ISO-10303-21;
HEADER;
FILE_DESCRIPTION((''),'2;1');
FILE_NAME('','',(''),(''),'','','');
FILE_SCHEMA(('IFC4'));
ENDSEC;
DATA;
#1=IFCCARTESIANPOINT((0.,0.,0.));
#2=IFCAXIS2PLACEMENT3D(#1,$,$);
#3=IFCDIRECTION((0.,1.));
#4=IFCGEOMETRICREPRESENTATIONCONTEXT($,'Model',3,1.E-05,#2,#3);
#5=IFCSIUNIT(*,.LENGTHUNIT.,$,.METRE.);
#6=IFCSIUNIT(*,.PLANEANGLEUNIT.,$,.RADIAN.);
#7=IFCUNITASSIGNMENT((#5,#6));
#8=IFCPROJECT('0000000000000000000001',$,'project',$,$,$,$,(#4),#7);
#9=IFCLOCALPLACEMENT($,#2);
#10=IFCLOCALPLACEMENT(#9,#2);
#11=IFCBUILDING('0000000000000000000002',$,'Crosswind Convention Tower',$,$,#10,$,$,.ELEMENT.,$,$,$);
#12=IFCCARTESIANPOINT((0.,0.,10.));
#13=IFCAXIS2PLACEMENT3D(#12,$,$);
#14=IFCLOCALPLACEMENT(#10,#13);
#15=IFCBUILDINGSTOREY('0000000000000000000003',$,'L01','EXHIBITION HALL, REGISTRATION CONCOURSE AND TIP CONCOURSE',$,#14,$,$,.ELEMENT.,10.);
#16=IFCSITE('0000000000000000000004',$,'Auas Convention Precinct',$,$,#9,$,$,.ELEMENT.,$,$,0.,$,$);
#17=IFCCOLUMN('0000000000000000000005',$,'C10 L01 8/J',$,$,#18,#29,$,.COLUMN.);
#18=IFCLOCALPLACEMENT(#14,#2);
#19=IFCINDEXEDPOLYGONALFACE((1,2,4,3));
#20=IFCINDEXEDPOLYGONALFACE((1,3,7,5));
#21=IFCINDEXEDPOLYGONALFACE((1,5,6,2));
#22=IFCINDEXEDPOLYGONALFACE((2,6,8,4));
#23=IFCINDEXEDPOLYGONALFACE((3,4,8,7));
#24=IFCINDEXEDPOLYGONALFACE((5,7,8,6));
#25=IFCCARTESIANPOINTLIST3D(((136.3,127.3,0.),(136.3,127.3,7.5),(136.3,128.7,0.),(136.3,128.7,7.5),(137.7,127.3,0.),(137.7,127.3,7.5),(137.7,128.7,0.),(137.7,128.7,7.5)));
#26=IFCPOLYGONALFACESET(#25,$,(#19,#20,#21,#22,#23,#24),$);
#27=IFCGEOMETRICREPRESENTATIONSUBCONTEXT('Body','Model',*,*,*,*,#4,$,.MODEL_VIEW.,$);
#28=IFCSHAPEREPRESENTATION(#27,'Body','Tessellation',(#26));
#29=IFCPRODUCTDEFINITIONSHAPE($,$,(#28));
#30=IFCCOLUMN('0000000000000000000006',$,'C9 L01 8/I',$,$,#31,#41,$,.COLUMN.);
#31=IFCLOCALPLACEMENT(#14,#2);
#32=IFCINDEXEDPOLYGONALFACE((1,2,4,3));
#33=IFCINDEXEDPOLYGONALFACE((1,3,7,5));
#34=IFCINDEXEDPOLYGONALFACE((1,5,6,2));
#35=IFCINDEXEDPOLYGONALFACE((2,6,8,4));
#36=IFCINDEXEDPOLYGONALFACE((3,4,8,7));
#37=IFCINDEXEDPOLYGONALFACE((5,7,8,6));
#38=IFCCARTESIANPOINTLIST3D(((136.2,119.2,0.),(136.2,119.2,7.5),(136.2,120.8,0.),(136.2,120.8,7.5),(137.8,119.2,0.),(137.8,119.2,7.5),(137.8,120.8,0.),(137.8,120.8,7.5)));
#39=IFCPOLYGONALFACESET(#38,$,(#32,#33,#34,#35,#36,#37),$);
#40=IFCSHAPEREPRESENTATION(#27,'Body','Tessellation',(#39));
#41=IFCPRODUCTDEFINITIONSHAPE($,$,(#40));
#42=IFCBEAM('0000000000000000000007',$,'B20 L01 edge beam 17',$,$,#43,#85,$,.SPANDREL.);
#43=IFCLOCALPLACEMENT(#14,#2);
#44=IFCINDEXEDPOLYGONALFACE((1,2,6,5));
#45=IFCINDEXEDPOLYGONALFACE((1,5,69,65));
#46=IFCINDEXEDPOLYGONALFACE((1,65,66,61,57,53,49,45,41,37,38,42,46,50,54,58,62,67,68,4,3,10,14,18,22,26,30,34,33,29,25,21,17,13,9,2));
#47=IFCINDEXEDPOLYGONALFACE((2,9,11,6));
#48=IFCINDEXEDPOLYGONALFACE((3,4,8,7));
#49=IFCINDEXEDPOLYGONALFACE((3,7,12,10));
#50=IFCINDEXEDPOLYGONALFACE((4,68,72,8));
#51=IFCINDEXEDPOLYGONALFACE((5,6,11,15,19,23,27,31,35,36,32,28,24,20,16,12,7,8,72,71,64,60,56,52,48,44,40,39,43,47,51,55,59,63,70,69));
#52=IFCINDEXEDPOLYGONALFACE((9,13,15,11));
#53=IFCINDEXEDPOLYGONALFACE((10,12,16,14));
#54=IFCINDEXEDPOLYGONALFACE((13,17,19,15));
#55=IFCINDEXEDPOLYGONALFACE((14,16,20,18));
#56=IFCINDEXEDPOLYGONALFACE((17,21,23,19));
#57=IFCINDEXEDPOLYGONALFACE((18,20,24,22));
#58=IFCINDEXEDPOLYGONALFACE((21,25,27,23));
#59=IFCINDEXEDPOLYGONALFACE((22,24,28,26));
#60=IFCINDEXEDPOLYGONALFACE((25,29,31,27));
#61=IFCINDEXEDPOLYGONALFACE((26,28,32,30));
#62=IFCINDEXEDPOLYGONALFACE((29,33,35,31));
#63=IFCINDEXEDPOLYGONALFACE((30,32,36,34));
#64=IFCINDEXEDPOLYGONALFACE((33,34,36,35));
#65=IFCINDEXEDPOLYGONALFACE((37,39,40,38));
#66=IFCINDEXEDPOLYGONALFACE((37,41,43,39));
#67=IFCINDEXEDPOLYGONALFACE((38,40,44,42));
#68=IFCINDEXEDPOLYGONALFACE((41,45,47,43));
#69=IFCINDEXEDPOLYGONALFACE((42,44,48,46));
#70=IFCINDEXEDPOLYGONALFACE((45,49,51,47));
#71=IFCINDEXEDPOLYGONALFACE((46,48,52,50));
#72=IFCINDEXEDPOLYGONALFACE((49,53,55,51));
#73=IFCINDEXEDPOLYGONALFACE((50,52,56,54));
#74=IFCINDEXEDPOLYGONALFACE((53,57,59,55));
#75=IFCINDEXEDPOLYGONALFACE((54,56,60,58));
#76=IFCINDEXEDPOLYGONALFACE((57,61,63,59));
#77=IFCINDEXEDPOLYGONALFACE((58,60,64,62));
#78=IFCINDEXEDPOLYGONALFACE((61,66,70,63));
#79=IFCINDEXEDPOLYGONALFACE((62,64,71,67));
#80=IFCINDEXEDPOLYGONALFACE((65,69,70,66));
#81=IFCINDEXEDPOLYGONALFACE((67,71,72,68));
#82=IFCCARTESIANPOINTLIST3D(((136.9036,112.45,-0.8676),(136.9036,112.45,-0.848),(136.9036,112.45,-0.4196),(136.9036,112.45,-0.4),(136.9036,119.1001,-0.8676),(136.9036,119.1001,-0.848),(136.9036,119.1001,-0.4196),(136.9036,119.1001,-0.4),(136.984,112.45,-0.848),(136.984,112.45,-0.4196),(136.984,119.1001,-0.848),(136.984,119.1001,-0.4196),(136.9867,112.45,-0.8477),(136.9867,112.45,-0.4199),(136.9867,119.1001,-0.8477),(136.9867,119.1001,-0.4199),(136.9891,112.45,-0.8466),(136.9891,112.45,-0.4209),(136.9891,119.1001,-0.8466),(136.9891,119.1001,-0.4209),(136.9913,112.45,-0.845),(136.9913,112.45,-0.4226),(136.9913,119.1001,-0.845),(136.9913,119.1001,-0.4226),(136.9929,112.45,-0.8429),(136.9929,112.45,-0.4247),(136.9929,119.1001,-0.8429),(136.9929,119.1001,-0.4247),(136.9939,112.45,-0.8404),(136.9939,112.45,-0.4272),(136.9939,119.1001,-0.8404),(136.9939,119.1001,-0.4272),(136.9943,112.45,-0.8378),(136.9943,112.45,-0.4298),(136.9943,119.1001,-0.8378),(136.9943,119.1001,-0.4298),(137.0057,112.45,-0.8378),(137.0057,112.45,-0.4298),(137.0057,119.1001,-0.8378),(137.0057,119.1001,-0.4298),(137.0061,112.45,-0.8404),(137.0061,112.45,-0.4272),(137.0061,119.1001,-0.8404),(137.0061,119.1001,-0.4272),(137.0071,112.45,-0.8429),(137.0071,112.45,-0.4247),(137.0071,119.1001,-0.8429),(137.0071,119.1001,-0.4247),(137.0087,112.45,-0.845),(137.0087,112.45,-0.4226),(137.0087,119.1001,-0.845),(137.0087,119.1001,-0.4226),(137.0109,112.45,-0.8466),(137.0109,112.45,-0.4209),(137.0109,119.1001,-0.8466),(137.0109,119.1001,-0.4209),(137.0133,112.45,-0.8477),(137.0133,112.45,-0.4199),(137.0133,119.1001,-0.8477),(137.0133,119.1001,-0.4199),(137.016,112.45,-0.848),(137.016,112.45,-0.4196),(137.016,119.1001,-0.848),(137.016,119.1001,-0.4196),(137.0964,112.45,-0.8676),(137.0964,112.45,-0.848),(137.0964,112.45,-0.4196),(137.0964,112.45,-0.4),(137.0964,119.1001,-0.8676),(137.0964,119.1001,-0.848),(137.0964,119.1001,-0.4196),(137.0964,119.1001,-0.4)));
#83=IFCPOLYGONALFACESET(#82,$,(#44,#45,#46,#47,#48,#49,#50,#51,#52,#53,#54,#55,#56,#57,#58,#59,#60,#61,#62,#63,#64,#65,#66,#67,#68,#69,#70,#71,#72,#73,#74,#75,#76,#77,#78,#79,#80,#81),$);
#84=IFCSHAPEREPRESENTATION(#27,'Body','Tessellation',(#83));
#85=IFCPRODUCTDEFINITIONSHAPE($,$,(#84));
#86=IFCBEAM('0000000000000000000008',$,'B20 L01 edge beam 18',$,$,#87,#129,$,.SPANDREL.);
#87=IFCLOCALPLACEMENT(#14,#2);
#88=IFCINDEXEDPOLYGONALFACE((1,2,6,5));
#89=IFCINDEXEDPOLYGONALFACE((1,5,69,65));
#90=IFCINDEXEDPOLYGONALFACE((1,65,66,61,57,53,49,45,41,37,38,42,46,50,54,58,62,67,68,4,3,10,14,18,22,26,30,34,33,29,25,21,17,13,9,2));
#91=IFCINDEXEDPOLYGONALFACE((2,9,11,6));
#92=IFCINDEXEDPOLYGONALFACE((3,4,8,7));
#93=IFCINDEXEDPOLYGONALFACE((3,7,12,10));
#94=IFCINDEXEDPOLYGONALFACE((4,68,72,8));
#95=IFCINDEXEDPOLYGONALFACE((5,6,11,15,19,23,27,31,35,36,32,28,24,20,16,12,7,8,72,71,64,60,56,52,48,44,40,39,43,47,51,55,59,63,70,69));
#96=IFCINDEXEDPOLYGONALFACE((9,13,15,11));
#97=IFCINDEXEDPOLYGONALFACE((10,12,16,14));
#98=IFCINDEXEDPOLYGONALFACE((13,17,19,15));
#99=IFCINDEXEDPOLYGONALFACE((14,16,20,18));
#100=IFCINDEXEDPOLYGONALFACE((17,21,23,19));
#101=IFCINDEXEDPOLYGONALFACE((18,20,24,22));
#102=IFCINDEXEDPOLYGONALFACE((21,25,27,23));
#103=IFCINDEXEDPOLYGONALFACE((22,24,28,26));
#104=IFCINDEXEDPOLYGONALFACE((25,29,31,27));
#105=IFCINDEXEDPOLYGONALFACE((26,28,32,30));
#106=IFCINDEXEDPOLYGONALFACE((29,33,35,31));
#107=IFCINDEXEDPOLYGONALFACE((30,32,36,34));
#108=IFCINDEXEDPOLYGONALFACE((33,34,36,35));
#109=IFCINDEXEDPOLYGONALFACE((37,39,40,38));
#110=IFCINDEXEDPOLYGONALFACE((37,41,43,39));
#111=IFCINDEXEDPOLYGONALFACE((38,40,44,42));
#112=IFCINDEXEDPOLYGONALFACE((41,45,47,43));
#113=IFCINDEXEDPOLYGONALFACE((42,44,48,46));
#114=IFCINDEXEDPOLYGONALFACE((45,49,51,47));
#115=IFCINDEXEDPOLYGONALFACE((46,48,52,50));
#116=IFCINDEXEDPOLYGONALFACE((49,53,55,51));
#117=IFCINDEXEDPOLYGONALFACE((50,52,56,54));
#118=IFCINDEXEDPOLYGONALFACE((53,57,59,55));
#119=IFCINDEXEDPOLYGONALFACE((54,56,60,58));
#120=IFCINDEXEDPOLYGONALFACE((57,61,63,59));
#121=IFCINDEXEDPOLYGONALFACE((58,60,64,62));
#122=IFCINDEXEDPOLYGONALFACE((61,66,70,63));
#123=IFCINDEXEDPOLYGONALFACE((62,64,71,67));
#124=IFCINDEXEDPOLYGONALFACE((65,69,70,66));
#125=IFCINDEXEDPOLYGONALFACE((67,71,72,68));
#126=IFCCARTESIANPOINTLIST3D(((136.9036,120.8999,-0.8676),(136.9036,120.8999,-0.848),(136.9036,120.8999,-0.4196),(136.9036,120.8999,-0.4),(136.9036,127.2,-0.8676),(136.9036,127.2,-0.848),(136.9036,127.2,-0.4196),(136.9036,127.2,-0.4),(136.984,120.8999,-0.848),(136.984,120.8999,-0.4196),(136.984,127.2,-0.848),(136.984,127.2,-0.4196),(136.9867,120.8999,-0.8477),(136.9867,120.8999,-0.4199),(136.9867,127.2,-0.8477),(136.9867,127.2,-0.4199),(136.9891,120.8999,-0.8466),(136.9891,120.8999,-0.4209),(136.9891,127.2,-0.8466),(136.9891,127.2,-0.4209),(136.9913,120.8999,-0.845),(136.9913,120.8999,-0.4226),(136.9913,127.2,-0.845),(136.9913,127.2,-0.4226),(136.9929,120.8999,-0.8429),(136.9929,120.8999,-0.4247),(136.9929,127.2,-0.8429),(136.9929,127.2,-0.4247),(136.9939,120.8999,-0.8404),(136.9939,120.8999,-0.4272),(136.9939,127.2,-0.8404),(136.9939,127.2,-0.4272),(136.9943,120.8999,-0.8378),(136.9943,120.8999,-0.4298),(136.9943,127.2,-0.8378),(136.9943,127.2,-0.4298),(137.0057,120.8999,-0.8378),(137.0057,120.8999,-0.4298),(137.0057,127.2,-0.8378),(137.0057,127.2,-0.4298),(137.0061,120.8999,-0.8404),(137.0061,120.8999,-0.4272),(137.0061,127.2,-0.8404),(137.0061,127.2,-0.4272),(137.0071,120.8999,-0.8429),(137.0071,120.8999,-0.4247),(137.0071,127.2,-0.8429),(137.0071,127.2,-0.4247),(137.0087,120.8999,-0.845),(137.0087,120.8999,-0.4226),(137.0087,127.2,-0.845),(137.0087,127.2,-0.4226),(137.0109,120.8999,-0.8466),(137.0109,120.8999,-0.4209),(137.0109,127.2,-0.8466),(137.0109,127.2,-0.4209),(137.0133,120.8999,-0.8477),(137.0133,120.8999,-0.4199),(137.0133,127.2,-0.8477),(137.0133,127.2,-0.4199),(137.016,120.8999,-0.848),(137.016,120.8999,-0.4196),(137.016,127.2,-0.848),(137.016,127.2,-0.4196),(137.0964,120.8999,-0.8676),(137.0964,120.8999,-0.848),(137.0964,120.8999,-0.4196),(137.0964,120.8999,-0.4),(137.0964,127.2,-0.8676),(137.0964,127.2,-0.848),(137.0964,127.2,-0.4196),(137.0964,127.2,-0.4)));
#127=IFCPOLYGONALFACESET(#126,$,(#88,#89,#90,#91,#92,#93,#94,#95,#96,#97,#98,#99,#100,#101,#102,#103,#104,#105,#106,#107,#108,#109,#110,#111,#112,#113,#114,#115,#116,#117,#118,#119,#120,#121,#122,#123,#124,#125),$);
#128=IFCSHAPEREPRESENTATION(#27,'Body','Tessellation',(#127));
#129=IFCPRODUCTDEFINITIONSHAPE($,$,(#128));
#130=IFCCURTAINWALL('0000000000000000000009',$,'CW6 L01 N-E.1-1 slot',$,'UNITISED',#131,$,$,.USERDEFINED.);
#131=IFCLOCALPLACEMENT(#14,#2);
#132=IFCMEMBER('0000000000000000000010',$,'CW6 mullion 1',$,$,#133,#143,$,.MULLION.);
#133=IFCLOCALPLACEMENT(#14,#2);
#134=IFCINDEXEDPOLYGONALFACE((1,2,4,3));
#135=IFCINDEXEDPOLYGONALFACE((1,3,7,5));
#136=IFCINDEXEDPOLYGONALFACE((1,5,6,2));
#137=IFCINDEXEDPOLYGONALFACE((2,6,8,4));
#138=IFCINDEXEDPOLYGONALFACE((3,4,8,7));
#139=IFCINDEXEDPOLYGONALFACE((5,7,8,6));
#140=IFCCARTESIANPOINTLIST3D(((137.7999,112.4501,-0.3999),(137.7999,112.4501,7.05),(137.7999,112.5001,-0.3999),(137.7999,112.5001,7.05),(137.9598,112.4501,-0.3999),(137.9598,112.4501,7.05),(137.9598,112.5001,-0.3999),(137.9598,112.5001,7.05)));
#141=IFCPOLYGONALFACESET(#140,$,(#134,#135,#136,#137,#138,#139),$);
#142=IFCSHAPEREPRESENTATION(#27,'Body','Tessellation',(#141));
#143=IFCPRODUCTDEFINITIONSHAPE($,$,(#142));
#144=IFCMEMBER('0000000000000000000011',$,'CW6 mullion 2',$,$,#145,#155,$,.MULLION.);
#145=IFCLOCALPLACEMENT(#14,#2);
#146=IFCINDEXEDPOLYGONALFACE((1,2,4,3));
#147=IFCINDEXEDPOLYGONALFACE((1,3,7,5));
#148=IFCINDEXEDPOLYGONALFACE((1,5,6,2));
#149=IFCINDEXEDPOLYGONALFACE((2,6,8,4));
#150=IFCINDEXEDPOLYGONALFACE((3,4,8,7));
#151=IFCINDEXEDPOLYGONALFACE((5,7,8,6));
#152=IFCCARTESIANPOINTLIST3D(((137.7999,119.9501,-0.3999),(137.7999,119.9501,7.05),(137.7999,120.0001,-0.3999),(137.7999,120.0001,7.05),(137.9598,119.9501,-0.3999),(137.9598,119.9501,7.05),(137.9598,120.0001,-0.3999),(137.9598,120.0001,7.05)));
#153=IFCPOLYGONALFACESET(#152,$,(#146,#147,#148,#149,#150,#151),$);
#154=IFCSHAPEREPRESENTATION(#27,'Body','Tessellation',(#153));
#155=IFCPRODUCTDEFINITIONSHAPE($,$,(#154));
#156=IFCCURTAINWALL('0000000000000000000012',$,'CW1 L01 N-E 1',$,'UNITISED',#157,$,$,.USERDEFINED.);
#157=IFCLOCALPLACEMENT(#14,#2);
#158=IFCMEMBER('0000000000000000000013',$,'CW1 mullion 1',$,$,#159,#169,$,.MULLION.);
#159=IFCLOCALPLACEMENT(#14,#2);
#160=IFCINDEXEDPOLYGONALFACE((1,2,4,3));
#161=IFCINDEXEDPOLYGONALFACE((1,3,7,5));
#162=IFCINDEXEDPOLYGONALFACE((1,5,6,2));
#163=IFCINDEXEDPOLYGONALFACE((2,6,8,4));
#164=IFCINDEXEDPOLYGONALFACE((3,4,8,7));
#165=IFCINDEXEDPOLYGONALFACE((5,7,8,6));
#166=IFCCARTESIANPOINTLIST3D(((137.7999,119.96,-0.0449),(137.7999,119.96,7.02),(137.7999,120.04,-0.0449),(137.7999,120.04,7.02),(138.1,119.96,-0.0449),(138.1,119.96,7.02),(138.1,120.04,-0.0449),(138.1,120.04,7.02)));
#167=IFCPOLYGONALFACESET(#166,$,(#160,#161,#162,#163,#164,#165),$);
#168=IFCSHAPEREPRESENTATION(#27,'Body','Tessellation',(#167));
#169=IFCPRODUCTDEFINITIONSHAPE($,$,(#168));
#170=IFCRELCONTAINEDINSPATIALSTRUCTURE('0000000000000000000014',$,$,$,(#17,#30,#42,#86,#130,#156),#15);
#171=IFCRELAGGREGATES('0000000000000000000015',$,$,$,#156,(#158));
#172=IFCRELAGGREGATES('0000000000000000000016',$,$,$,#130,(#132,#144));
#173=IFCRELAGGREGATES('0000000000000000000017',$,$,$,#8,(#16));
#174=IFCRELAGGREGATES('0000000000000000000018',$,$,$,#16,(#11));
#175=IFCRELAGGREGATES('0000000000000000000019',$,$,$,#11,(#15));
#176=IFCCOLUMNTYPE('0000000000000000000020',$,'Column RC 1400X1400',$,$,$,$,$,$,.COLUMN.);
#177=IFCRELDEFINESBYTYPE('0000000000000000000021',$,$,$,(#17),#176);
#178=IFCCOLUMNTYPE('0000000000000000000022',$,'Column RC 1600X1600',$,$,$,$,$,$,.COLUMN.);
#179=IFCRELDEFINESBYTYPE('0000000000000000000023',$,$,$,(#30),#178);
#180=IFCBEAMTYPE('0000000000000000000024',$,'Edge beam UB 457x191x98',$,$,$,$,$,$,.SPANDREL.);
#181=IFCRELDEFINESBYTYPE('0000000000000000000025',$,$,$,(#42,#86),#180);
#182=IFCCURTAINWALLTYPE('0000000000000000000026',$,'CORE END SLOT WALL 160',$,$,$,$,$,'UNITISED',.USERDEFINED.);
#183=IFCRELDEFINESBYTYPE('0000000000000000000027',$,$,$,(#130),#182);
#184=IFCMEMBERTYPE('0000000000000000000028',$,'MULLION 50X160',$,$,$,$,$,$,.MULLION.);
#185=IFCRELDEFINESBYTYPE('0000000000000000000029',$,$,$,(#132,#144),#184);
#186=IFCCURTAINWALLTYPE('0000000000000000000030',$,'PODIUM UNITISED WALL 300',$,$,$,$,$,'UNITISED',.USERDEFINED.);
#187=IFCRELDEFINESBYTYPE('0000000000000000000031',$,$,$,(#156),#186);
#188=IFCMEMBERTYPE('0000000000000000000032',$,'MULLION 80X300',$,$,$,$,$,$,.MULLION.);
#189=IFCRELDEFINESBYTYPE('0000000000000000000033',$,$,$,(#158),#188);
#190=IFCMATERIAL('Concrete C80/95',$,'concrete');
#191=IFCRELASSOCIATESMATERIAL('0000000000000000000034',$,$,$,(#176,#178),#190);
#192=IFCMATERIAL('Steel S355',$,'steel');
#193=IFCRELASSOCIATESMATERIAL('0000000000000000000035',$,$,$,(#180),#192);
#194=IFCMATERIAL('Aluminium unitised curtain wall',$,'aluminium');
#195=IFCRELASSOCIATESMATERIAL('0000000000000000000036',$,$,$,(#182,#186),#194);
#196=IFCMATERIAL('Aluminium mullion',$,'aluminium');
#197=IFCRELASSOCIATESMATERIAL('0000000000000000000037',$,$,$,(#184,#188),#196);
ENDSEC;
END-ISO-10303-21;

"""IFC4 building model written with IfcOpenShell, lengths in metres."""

from ifc_helpers import new_model, si_unit, direction, frame, origin, origin_2d, place, context, subcontext, project, spatial, rectangle, i_section, extrude, material, material_profile, profile_set, type_object, element, aggregate, save


model = new_model("IFC4")

# Units and contexts
model_context = context("Model", 3, precision=1e-05, world=origin(), true_north=direction((0.0, 1.0)))
body_context = subcontext(model_context, "Body", "Model", "MODEL_VIEW")
ifc_project = project(units=[si_unit("LENGTHUNIT", "METRE"), si_unit("PLANEANGLEUNIT", "RADIAN")], contexts=[model_context])

# Site, building, storey
site_placement = place(None, origin())
site = spatial("IfcSite", under=ifc_project, at=site_placement, Name="Auas Convention Precinct", CompositionType="ELEMENT", RefElevation=0.0)
building_placement = place(site_placement, origin())
building = spatial("IfcBuilding", under=site, at=building_placement, Name="Crosswind Convention Tower", CompositionType="ELEMENT")
storey_placement = place(building_placement, frame((0.0, 0.0, 10.0)))
storey = spatial("IfcBuildingStorey", under=building, at=storey_placement, Name="L01", Description="EXHIBITION HALL, REGISTRATION CONCOURSE AND TIP CONCOURSE", CompositionType="ELEMENT", Elevation=10.0)

# Columns
ifc_material_1 = material(Name="Concrete C80/95", Category="concrete")
ifc_material_profile_1 = material_profile(ifc_material_1, rectangle(XDim=1.3999, YDim=1.3999, at=origin_2d()), Name="RC 1400X1400")
ifc_profile_set_1 = profile_set([ifc_material_profile_1], Name="Concrete C80/95")
column_type_1 = type_object("IfcColumnType", Name="Column RC 1400X1400", PredefinedType="COLUMN", material=ifc_profile_set_1)
column_1_placement = place(storey_placement, frame((137.0, 128.0, 0.0), z_axis=(0.0, 0.0, 1.0), x_axis=(1.0, 0.0, 0.0)))
element("IfcColumn", 1, at=column_1_placement, inside=storey, type_object=column_type_1, Name="C10 L01 8/J", PredefinedType="COLUMN", context=body_context, shape_type="SweptSolid", body=[
    extrude(rectangle(XDim=1.3999, YDim=1.3999, at=origin_2d()), origin(), (0.0, 0.0, 1.0), 7.5),
])
ifc_material_profile_2 = material_profile(ifc_material_1, rectangle(XDim=1.6001, YDim=1.6001, at=origin_2d()), Name="RC 1600X1600")
ifc_profile_set_2 = profile_set([ifc_material_profile_2], Name="Concrete C80/95")
column_type_2 = type_object("IfcColumnType", Name="Column RC 1600X1600", PredefinedType="COLUMN", material=ifc_profile_set_2)
column_2_placement = place(storey_placement, frame((137.0, 120.0, 0.0), z_axis=(0.0, 0.0, 1.0), x_axis=(1.0, 0.0, 0.0)))
element("IfcColumn", 2, at=column_2_placement, inside=storey, type_object=column_type_2, Name="C9 L01 8/I", PredefinedType="COLUMN", context=body_context, shape_type="SweptSolid", body=[
    extrude(rectangle(XDim=1.6001, YDim=1.6001, at=origin_2d()), origin(), (0.0, 0.0, 1.0), 7.5),
])

# Beams
ifc_material_2 = material(Name="Steel S355", Category="steel")
ifc_material_profile_3 = material_profile(ifc_material_2, i_section(OverallWidth=0.1929, OverallDepth=0.4675, WebThickness=0.0115, FlangeThickness=0.0195, FilletRadius=0.0103, at=origin_2d()), Name="UB 457x191x98")
ifc_profile_set_3 = profile_set([ifc_material_profile_3], Name="Steel S355")
beam_type_1 = type_object("IfcBeamType", Name="Edge beam UB 457x191x98", PredefinedType="SPANDREL", material=ifc_profile_set_3)
beam_1_placement = place(storey_placement, frame((137.0, 112.45, -0.6338), z_axis=(0.0, 1.0, 0.0), x_axis=(-1.0, 0.0, 0.0)))
element("IfcBeam", 3, at=beam_1_placement, inside=storey, type_object=beam_type_1, Name="B20 L01 edge beam 17", PredefinedType="SPANDREL", context=body_context, shape_type="SweptSolid", body=[
    extrude(i_section(OverallWidth=0.1929, OverallDepth=0.4675, WebThickness=0.0115, FlangeThickness=0.0195, FilletRadius=0.0103, at=origin_2d()), origin(), (0.0, 0.0, 1.0), 6.6501),
])
beam_2_placement = place(storey_placement, frame((137.0, 120.8999, -0.6338), z_axis=(0.0, 1.0, 0.0), x_axis=(-1.0, 0.0, 0.0)))
element("IfcBeam", 4, at=beam_2_placement, inside=storey, type_object=beam_type_1, Name="B20 L01 edge beam 18", PredefinedType="SPANDREL", context=body_context, shape_type="SweptSolid", body=[
    extrude(i_section(OverallWidth=0.1929, OverallDepth=0.4675, WebThickness=0.0115, FlangeThickness=0.0195, FilletRadius=0.0103, at=origin_2d()), origin(), (0.0, 0.0, 1.0), 6.3),
])

# Curtain wall, members
ifc_material_3 = material(Name="Aluminium unitised curtain wall", Category="aluminium")
curtain_wall_type_1 = type_object("IfcCurtainWallType", Name="CORE END SLOT WALL 160", ElementType="UNITISED", PredefinedType="USERDEFINED", material=ifc_material_3)
curtain_wall_1_placement = place(storey_placement, origin())
curtain_wall_1 = element("IfcCurtainWall", 5, at=curtain_wall_1_placement, inside=storey, type_object=curtain_wall_type_1, Name="CW6 L01 N-E.1-1 slot", ObjectType="UNITISED", PredefinedType="USERDEFINED")
ifc_material_4 = material(Name="Aluminium mullion", Category="aluminium")
ifc_material_profile_4 = material_profile(ifc_material_4, rectangle(XDim=0.1599, YDim=0.05, at=origin_2d()), Name="AL 160X50")
ifc_profile_set_4 = profile_set([ifc_material_profile_4], Name="Aluminium mullion")
member_type_1 = type_object("IfcMemberType", Name="MULLION 50X160", PredefinedType="MULLION", material=ifc_profile_set_4)
member_1_placement = place(storey_placement, frame((137.8799, 112.4751, -0.3999), z_axis=(0.0, 0.0, 1.0), x_axis=(1.0, 0.0, 0.0)))
member_1 = element("IfcMember", 6, at=member_1_placement, type_object=member_type_1, Name="CW6 mullion 1", PredefinedType="MULLION", context=body_context, shape_type="SweptSolid", body=[
    extrude(rectangle(XDim=0.1599, YDim=0.05, at=origin_2d()), origin(), (0.0, 0.0, 1.0), 7.45),
])
member_2_placement = place(storey_placement, frame((137.8799, 119.9751, -0.3999), z_axis=(0.0, 0.0, 1.0), x_axis=(1.0, 0.0, 0.0)))
member_2 = element("IfcMember", 7, at=member_2_placement, type_object=member_type_1, Name="CW6 mullion 2", PredefinedType="MULLION", context=body_context, shape_type="SweptSolid", body=[
    extrude(rectangle(XDim=0.1599, YDim=0.05, at=origin_2d()), origin(), (0.0, 0.0, 1.0), 7.45),
])

# Curtain wall, member
curtain_wall_type_2 = type_object("IfcCurtainWallType", Name="PODIUM UNITISED WALL 300", ElementType="UNITISED", PredefinedType="USERDEFINED", material=ifc_material_3)
curtain_wall_2_placement = place(storey_placement, origin())
curtain_wall_2 = element("IfcCurtainWall", 8, at=curtain_wall_2_placement, inside=storey, type_object=curtain_wall_type_2, Name="CW1 L01 N-E 1", ObjectType="UNITISED", PredefinedType="USERDEFINED")
ifc_material_profile_5 = material_profile(ifc_material_4, rectangle(XDim=0.3, YDim=0.0801, at=origin_2d()), Name="AL 300X80")
ifc_profile_set_5 = profile_set([ifc_material_profile_5], Name="Aluminium mullion")
member_type_2 = type_object("IfcMemberType", Name="MULLION 80X300", PredefinedType="MULLION", material=ifc_profile_set_5)
member_3_placement = place(storey_placement, frame((137.95, 120.0, -0.0449), z_axis=(0.0, 0.0, 1.0), x_axis=(1.0, 0.0, 0.0)))
member_3 = element("IfcMember", 9, at=member_3_placement, type_object=member_type_2, Name="CW1 mullion 1", PredefinedType="MULLION", context=body_context, shape_type="SweptSolid", body=[
    extrude(rectangle(XDim=0.3, YDim=0.0801, at=origin_2d()), origin(), (0.0, 0.0, 1.0), 7.0649),
])
aggregate(curtain_wall_2, [member_3])

aggregate(curtain_wall_1, [member_1, member_2])

save(model, "model.ifc")
